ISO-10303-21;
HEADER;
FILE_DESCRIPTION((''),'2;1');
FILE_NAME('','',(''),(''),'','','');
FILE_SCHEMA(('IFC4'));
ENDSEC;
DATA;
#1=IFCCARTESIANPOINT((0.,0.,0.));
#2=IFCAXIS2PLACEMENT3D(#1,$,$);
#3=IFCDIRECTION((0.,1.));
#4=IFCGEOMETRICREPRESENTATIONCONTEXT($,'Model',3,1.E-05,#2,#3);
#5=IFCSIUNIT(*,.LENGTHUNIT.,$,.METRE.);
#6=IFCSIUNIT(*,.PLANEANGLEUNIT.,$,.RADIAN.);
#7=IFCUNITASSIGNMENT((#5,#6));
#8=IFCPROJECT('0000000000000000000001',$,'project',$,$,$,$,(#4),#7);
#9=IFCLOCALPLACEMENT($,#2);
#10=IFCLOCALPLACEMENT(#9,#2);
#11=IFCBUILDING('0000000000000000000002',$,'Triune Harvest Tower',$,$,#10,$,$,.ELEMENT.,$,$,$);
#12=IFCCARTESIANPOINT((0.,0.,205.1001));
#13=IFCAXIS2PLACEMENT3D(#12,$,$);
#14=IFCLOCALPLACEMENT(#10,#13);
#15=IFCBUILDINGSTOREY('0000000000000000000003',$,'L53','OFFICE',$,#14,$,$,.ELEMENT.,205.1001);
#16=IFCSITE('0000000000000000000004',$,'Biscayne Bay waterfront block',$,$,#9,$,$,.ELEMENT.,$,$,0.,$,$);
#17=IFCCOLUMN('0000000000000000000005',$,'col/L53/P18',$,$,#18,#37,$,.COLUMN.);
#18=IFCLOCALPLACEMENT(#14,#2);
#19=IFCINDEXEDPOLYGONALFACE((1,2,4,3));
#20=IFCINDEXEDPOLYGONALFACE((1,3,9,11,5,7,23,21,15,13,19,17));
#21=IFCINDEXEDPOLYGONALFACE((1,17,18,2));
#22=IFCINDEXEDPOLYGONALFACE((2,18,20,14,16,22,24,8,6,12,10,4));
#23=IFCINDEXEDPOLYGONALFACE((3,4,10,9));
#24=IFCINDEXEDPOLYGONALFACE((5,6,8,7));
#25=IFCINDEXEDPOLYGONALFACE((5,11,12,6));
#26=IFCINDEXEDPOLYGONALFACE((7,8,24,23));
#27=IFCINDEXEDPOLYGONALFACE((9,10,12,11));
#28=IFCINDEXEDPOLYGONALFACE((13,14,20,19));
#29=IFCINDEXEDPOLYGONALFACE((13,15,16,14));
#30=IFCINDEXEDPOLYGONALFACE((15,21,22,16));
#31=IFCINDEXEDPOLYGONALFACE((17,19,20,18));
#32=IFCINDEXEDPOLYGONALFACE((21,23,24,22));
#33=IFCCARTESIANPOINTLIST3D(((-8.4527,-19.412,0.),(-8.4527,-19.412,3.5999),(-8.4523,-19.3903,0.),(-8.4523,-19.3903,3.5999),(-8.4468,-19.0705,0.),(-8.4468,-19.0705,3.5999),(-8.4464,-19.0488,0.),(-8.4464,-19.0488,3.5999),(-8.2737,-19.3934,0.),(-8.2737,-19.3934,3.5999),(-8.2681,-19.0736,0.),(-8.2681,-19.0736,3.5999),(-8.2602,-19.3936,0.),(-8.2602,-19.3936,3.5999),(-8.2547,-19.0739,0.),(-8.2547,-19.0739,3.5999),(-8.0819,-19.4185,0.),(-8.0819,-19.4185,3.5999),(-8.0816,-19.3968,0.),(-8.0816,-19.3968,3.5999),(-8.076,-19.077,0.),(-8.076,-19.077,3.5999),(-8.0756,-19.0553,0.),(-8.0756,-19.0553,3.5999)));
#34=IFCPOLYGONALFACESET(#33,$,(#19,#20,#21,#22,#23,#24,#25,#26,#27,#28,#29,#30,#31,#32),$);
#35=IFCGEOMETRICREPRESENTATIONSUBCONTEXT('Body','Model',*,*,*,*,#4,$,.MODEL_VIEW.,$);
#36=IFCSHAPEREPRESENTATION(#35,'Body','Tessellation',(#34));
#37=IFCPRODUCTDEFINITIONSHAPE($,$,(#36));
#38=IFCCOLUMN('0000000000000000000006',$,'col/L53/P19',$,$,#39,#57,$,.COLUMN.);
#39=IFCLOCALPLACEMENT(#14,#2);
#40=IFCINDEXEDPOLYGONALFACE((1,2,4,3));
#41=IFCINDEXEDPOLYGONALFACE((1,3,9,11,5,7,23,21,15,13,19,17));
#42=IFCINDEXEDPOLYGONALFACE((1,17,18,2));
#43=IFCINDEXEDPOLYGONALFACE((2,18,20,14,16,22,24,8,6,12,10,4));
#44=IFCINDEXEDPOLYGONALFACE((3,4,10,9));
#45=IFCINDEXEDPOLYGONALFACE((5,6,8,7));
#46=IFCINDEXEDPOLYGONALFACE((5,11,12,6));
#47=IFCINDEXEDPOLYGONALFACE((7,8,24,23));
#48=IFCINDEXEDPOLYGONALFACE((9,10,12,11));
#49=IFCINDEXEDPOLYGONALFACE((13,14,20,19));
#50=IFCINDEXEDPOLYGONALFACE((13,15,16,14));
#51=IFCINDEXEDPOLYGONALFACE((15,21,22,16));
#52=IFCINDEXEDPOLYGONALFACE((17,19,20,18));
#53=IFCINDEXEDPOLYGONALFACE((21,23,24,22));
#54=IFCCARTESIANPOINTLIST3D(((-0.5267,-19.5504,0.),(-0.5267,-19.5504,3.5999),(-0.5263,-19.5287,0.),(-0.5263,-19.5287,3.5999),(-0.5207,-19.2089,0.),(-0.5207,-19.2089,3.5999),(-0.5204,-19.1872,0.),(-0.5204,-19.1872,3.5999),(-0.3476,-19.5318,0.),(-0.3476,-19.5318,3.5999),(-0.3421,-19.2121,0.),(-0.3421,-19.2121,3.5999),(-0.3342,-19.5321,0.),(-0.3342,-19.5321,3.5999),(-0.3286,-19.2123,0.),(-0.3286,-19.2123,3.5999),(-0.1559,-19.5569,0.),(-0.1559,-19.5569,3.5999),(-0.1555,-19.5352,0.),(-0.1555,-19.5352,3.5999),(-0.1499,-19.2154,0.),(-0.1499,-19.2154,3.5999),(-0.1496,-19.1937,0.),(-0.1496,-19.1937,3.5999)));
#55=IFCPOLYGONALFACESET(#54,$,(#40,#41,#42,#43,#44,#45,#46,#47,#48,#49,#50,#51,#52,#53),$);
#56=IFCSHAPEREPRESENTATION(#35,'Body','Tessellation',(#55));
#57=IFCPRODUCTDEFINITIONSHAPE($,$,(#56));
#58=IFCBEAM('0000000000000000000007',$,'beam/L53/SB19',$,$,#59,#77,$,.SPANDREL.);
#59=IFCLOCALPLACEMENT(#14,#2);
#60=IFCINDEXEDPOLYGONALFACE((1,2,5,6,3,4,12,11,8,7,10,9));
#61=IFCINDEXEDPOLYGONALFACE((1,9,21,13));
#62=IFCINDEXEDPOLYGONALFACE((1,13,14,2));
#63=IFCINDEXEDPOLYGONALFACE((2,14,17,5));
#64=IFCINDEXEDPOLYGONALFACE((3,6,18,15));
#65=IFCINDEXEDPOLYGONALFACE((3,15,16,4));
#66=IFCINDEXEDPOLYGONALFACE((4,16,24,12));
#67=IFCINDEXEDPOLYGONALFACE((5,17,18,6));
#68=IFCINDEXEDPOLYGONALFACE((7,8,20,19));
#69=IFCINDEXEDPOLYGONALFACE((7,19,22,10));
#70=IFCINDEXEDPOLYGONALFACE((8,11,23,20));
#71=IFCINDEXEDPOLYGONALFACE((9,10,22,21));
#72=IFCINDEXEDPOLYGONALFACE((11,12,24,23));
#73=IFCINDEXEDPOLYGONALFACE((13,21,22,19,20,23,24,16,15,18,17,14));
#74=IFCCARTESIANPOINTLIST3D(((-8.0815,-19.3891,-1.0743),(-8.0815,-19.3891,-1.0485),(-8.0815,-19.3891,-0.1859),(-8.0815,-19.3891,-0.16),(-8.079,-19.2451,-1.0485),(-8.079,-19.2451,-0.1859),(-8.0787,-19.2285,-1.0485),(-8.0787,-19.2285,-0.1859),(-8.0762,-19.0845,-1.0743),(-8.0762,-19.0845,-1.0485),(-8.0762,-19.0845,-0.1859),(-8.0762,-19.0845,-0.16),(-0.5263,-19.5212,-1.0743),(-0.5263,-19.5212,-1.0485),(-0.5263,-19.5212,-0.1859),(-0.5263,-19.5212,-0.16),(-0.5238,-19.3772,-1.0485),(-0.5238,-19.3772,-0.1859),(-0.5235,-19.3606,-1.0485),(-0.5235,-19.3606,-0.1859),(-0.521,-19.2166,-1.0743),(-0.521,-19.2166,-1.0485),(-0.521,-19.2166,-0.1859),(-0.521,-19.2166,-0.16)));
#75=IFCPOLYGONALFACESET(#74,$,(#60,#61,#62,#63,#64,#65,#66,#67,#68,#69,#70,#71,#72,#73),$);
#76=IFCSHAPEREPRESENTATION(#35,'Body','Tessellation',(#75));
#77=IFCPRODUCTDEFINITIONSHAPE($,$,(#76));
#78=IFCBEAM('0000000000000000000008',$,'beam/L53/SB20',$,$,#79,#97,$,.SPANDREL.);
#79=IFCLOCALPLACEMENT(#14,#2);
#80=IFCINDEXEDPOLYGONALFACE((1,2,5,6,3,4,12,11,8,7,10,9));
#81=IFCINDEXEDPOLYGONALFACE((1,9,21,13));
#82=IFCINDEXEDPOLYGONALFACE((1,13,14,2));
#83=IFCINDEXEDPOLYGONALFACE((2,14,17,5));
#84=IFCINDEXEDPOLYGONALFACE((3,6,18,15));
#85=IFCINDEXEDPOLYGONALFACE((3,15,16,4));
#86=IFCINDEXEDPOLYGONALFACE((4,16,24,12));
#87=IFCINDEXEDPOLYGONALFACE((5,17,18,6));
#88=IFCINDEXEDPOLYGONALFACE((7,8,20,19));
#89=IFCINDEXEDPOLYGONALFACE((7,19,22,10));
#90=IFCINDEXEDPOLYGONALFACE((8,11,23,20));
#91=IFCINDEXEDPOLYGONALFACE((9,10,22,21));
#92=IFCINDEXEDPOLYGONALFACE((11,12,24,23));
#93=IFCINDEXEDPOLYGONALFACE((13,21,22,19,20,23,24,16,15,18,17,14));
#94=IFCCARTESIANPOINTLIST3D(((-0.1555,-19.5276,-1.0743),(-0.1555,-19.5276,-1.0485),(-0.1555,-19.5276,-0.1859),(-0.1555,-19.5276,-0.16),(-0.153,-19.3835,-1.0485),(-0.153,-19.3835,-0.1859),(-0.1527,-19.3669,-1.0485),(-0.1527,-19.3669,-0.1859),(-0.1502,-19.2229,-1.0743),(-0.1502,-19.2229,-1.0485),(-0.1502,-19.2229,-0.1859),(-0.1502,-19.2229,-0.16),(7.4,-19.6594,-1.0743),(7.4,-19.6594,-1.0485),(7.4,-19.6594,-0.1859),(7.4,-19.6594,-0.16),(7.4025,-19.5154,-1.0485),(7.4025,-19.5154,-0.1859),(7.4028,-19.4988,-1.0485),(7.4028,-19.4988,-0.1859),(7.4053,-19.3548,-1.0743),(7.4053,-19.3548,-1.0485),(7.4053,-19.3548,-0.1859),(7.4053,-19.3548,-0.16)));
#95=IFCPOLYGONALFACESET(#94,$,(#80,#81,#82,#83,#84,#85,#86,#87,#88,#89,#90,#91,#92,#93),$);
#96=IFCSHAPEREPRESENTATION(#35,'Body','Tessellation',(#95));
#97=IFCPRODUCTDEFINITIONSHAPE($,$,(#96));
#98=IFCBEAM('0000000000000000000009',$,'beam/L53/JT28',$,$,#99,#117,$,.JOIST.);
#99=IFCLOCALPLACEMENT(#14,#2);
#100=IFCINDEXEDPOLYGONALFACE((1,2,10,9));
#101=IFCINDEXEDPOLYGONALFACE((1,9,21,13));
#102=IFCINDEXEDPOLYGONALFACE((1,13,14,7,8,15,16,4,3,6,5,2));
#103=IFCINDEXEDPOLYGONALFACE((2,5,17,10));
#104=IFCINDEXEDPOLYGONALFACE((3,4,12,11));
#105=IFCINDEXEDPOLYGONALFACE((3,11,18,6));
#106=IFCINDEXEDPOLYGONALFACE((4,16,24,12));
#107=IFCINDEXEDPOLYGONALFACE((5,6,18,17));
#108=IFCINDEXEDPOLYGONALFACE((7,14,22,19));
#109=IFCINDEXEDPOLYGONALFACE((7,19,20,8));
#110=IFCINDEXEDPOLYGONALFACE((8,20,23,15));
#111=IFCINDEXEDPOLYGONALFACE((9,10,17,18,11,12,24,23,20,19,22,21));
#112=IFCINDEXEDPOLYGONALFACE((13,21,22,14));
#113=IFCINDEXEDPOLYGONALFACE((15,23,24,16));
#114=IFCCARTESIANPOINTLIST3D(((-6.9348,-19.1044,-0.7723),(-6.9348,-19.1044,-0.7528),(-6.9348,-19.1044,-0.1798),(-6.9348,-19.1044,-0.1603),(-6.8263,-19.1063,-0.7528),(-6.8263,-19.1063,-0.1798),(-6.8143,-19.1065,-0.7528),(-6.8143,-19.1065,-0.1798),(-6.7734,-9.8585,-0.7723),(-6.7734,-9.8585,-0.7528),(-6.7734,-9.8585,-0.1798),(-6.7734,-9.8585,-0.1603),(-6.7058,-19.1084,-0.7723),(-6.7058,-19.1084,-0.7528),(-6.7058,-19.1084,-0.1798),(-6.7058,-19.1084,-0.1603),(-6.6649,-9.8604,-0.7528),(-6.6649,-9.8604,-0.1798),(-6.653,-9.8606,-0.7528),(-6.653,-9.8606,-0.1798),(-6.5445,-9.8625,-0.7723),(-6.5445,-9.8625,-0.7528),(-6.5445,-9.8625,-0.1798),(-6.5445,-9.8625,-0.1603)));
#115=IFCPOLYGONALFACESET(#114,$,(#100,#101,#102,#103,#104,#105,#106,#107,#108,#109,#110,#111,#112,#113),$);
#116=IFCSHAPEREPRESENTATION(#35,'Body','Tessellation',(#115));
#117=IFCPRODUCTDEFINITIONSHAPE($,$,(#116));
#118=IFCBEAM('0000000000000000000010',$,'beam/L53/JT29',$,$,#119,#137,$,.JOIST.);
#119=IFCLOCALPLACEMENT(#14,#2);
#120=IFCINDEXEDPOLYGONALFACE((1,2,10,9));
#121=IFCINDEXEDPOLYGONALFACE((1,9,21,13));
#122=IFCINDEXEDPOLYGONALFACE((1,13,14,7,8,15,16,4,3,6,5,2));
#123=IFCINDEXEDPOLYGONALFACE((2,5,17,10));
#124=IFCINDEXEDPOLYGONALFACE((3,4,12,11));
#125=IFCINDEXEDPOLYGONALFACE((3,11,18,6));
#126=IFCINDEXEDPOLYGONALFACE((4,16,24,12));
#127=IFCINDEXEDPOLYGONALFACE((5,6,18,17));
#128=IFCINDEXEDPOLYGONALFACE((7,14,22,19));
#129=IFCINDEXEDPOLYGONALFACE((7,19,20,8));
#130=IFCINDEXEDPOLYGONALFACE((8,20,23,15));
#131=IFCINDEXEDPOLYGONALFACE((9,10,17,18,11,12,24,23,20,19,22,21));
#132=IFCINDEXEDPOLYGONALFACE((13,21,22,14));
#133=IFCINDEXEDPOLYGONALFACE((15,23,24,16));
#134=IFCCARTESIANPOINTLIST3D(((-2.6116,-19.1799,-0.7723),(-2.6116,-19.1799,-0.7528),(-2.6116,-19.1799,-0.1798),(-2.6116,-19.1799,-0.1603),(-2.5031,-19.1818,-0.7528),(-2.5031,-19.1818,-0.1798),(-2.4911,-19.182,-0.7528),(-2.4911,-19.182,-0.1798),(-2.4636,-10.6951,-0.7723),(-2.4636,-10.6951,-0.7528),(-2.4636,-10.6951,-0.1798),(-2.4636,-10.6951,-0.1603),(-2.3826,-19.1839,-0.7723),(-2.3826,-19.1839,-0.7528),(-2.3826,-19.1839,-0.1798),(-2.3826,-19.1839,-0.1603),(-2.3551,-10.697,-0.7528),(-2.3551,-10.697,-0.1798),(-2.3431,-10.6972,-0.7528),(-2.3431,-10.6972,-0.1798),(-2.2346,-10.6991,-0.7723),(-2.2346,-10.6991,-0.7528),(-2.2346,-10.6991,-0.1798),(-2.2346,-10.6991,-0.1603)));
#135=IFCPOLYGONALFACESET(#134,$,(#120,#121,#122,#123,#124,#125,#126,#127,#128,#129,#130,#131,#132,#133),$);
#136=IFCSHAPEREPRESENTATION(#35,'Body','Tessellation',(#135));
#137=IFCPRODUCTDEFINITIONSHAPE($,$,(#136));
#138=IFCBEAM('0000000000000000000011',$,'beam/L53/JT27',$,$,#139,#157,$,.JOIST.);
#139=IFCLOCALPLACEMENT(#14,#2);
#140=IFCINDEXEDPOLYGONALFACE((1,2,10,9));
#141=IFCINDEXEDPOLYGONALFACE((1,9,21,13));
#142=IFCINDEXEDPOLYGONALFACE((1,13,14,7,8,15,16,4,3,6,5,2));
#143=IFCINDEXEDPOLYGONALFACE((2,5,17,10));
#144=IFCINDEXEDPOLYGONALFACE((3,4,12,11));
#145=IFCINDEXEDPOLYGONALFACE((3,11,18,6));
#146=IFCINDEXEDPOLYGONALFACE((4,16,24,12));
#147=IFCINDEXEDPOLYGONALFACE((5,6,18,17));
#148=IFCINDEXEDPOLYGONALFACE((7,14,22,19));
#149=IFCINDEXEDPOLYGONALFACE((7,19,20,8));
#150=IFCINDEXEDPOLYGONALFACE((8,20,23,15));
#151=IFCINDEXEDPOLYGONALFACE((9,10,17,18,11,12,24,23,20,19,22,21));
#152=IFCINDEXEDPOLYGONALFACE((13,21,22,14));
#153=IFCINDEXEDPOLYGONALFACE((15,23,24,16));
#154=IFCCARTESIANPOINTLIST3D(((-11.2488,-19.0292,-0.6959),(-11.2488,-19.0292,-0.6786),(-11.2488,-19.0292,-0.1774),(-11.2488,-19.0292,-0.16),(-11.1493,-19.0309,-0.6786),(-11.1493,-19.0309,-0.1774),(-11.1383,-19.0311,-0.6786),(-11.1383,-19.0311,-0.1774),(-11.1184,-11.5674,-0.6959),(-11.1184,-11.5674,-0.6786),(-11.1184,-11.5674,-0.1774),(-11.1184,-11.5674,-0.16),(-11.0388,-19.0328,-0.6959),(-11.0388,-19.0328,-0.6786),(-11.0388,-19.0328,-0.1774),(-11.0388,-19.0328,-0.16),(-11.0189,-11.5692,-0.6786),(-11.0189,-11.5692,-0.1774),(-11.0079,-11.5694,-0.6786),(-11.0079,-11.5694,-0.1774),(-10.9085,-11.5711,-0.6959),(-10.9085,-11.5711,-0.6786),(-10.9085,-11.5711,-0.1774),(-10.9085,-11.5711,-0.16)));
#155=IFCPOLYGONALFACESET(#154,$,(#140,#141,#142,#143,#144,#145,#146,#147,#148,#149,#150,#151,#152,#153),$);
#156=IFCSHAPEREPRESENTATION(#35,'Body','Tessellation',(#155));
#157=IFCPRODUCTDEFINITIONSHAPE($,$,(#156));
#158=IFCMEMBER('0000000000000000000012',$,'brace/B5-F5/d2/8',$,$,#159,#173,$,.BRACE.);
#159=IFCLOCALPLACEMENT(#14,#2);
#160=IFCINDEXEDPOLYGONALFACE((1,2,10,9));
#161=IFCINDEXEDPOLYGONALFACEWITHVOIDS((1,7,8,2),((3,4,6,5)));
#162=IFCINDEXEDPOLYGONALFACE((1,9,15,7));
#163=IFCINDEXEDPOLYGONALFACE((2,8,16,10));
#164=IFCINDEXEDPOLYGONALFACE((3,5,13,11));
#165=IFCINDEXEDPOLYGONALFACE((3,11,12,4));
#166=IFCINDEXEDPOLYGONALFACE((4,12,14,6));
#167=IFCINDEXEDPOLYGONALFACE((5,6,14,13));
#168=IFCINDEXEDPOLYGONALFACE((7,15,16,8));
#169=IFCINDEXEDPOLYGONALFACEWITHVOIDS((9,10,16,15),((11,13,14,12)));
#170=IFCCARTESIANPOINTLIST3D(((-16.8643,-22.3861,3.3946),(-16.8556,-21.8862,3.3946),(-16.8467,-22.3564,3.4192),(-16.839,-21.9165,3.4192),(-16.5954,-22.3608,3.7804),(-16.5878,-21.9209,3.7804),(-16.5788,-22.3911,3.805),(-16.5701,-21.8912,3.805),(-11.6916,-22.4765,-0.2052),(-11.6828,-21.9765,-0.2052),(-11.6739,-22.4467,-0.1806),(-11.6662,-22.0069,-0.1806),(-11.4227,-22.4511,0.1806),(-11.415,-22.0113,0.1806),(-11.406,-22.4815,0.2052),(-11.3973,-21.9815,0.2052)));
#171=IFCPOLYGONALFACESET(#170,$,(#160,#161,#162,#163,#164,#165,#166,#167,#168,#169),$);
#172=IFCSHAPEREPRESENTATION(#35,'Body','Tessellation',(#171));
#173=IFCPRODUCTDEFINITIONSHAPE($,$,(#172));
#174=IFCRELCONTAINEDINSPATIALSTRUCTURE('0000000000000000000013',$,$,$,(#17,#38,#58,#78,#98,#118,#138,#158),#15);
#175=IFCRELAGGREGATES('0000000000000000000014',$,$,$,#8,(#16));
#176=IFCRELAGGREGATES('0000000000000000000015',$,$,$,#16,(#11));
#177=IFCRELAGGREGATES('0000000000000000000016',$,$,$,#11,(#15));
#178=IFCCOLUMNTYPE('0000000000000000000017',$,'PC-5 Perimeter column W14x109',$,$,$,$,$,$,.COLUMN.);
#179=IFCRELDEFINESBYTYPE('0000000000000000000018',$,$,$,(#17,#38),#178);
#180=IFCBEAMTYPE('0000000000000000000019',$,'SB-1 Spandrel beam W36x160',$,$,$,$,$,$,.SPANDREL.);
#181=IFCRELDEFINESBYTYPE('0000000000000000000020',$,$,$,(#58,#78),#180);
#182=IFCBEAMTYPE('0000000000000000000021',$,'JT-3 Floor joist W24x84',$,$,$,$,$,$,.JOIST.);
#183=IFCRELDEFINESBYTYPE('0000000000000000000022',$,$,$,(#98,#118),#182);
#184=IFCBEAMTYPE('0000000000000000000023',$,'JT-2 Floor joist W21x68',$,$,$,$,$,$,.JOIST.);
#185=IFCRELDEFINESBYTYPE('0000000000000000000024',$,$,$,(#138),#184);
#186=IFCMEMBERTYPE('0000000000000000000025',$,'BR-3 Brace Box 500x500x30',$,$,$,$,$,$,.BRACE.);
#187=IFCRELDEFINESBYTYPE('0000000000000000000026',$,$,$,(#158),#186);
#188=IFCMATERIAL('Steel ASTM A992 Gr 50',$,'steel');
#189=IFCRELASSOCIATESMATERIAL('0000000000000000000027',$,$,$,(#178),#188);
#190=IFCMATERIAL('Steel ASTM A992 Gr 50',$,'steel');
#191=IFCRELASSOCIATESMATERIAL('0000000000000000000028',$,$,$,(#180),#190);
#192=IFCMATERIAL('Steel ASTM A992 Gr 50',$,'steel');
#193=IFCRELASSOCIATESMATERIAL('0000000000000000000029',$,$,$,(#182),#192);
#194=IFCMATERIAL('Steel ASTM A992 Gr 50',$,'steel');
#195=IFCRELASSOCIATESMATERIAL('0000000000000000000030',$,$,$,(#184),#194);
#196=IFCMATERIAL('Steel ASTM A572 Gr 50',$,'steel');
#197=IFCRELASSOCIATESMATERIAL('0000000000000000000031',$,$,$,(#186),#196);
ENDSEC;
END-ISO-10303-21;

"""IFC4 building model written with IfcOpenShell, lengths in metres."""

from ifc_helpers import new_model, si_unit, direction, frame, origin, origin_2d, place, context, subcontext, project, spatial, hollow_rectangle, i_section, extrude, source, transform, mapped, material, material_profile, profile_set, type_object, element, save


model = new_model("IFC4")

# Units and contexts
model_context = context("Model", 3, precision=1e-05, world=origin(), true_north=direction((0.0, 1.0)))
body_context = subcontext(model_context, "Body", "Model", "MODEL_VIEW")
ifc_project = project(units=[si_unit("LENGTHUNIT", "METRE"), si_unit("PLANEANGLEUNIT", "RADIAN")], contexts=[model_context])

# Site, building, storey
site_placement = place(None, origin())
site = spatial("IfcSite", under=ifc_project, at=site_placement, Name="Biscayne Bay waterfront block", CompositionType="ELEMENT", RefElevation=0.0)
building_placement = place(site_placement, origin())
building = spatial("IfcBuilding", under=site, at=building_placement, Name="Triune Harvest Tower", CompositionType="ELEMENT")
storey_placement = place(building_placement, frame((0.0, 0.0, 205.1001)))
storey = spatial("IfcBuildingStorey", under=building, at=storey_placement, Name="L53", Description="OFFICE", CompositionType="ELEMENT", Elevation=205.1001)

# Columns
ifc_material_1 = material(Name="Steel ASTM A992 Gr 50", Category="steel")
ifc_material_profile_1 = material_profile(ifc_material_1, i_section(OverallWidth=0.3708, OverallDepth=0.3633, WebThickness=0.0134, FlangeThickness=0.0217, at=origin_2d()), Name="W14x109")
ifc_profile_set_1 = profile_set([ifc_material_profile_1], Name="Steel ASTM A992 Gr 50")
column_type = type_object("IfcColumnType", Name="PC-5 Perimeter column W14x109", PredefinedType="COLUMN", material=ifc_profile_set_1)
shared_shape_1 = source(origin(), body_context, "Body", "SweptSolid", [
    extrude(i_section(OverallWidth=0.3708, OverallDepth=0.3633, WebThickness=0.0134, FlangeThickness=0.0217, at=origin_2d()), origin(), (0.0, 0.0, 1.0), 3.5999),
])
for number, where, z_axis, x_axis, name in (
    (1, (-8.2642, -19.2336, 0.0), (0.0, 0.0, 1.0), (0.999848, -0.017452, 0.0), "col/L53/P18"),
    (2, (-0.3381, -19.3721, 0.0), (0.0, 0.0, 1.0), (0.999848, -0.017452, 0.0), "col/L53/P19"),
):
    element("IfcColumn", number, at=place(storey_placement, frame(where, z_axis=z_axis, x_axis=x_axis)), inside=storey, type_object=column_type, Name=name, PredefinedType="COLUMN", context=body_context, shape_type="MappedRepresentation", body=[
        mapped(shared_shape_1, transform((0.0, 0.0, 0.0), scale=1.0)),
    ])

# Beams
ifc_material_2 = material(Name="Steel ASTM A992 Gr 50", Category="steel")
ifc_material_profile_2 = material_profile(ifc_material_2, i_section(OverallWidth=0.3047, OverallDepth=0.9143, WebThickness=0.0166, FlangeThickness=0.0259, at=origin_2d()), Name="W36x160")
ifc_profile_set_2 = profile_set([ifc_material_profile_2], Name="Steel ASTM A992 Gr 50")
beam_type_1 = type_object("IfcBeamType", Name="SB-1 Spandrel beam W36x160", PredefinedType="SPANDREL", material=ifc_profile_set_2)
shared_shape_2 = source(origin(), body_context, "Body", "SweptSolid", [
    extrude(i_section(OverallWidth=0.3047, OverallDepth=0.9143, WebThickness=0.0166, FlangeThickness=0.0259, at=origin_2d()), origin(), (0.0, 0.0, 1.0), 7.5564),
])
beam_1_placement = place(storey_placement, frame((-8.0789, -19.2368, -0.6172), z_axis=(0.999847, -0.017479, 0.0), x_axis=(0.017479, 0.999847, 0.0)))
element("IfcBeam", 3, at=beam_1_placement, inside=storey, type_object=beam_type_1, Name="beam/L53/SB19", PredefinedType="SPANDREL", context=body_context, shape_type="MappedRepresentation", body=[
    mapped(shared_shape_2, transform((0.0, 0.0, 0.0), scale=1.0)),
])
shared_shape_3 = source(origin(), body_context, "Body", "SweptSolid", [
    extrude(i_section(OverallWidth=0.3047, OverallDepth=0.9143, WebThickness=0.0166, FlangeThickness=0.0259, at=origin_2d()), origin(), (0.0, 0.0, 1.0), 7.5566),
])
beam_2_placement = place(storey_placement, frame((-0.1528, -19.3752, -0.6172), z_axis=(0.999848, -0.017447, 0.0), x_axis=(0.017447, 0.999848, 0.0)))
element("IfcBeam", 4, at=beam_2_placement, inside=storey, type_object=beam_type_1, Name="beam/L53/SB20", PredefinedType="SPANDREL", context=body_context, shape_type="MappedRepresentation", body=[
    mapped(shared_shape_3, transform((0.0, 0.0, 0.0), scale=1.0)),
])
ifc_material_3 = material(Name="Steel ASTM A992 Gr 50", Category="steel")
ifc_material_profile_3 = material_profile(ifc_material_3, i_section(OverallWidth=0.229, OverallDepth=0.6121, WebThickness=0.012, FlangeThickness=0.0195, at=origin_2d()), Name="W24x84")
ifc_profile_set_3 = profile_set([ifc_material_profile_3], Name="Steel ASTM A992 Gr 50")
beam_type_2 = type_object("IfcBeamType", Name="JT-3 Floor joist W24x84", PredefinedType="JOIST", material=ifc_profile_set_3)
shared_shape_4 = source(origin(), body_context, "Body", "SweptSolid", [
    extrude(i_section(OverallWidth=0.229, OverallDepth=0.6121, WebThickness=0.012, FlangeThickness=0.0195, at=origin_2d()), origin(), (0.0, 0.0, 1.0), 9.2473),
])
beam_3_placement = place(storey_placement, frame((-6.8203, -19.1064, -0.4663), z_axis=(0.017451, 0.999848, 0.0), x_axis=(-0.999848, 0.017451, 0.0)))
element("IfcBeam", 5, at=beam_3_placement, inside=storey, type_object=beam_type_2, Name="beam/L53/JT28", PredefinedType="JOIST", context=body_context, shape_type="MappedRepresentation", body=[
    mapped(shared_shape_4, transform((0.0, 0.0, 0.0), scale=1.0)),
])
shared_shape_5 = source(origin(), body_context, "Body", "SweptSolid", [
    extrude(i_section(OverallWidth=0.229, OverallDepth=0.6121, WebThickness=0.012, FlangeThickness=0.0195, at=origin_2d()), origin(), (0.0, 0.0, 1.0), 8.4861),
])
beam_4_placement = place(storey_placement, frame((-2.4971, -19.1819, -0.4663), z_axis=(0.017434, 0.999848, 0.0), x_axis=(-0.999848, 0.017434, 0.0)))
element("IfcBeam", 6, at=beam_4_placement, inside=storey, type_object=beam_type_2, Name="beam/L53/JT29", PredefinedType="JOIST", context=body_context, shape_type="MappedRepresentation", body=[
    mapped(shared_shape_5, transform((0.0, 0.0, 0.0), scale=1.0)),
])
ifc_material_4 = material(Name="Steel ASTM A992 Gr 50", Category="steel")
ifc_material_profile_4 = material_profile(ifc_material_4, i_section(OverallWidth=0.21, OverallDepth=0.5359, WebThickness=0.011, FlangeThickness=0.0173, at=origin_2d()), Name="W21x68")
ifc_profile_set_4 = profile_set([ifc_material_profile_4], Name="Steel ASTM A992 Gr 50")
beam_type_3 = type_object("IfcBeamType", Name="JT-2 Floor joist W21x68", PredefinedType="JOIST", material=ifc_profile_set_4)
shared_shape_6 = source(origin(), body_context, "Body", "SweptSolid", [
    extrude(i_section(OverallWidth=0.21, OverallDepth=0.5359, WebThickness=0.011, FlangeThickness=0.0173, at=origin_2d()), origin(), (0.0, 0.0, 1.0), 7.4629),
])
beam_5_placement = place(storey_placement, frame((-11.1438, -19.031, -0.428), z_axis=(0.017469, 0.999847, 0.0), x_axis=(-0.999847, 0.017469, 0.0)))
element("IfcBeam", 7, at=beam_5_placement, inside=storey, type_object=beam_type_3, Name="beam/L53/JT27", PredefinedType="JOIST", context=body_context, shape_type="MappedRepresentation", body=[
    mapped(shared_shape_6, transform((0.0, 0.0, 0.0), scale=1.0)),
])

# Member
ifc_material_5 = material(Name="Steel ASTM A572 Gr 50", Category="steel")
ifc_material_profile_5 = material_profile(ifc_material_5, hollow_rectangle(XDim=0.5, YDim=0.5, WallThickness=0.03, at=origin_2d()), Name="Box 500x500x30")
ifc_profile_set_5 = profile_set([ifc_material_profile_5], Name="Steel ASTM A572 Gr 50")
member_type_1 = type_object("IfcMemberType", Name="BR-3 Brace Box 500x500x30", PredefinedType="BRACE", material=ifc_profile_set_5)
shared_shape_7 = source(origin(), body_context, "Body", "SweptSolid", [
    extrude(hollow_rectangle(XDim=0.5, YDim=0.5, WallThickness=0.03, at=origin_2d()), origin(), (0.0, 0.0, 1.0), 6.3027),
])
member_1_placement = place(storey_placement, frame((-11.5444, -22.229, 0.0), z_axis=(-0.820721, 0.014332, 0.57115), x_axis=(-0.01746, -0.999848, 0.0)))
element("IfcMember", 8, at=member_1_placement, inside=storey, type_object=member_type_1, Name="brace/B5-F5/d2/8", PredefinedType="BRACE", context=body_context, shape_type="MappedRepresentation", body=[
    mapped(shared_shape_7, transform((0.0, 0.0, 0.0), scale=1.0)),
])

save(model, "model.ifc")
